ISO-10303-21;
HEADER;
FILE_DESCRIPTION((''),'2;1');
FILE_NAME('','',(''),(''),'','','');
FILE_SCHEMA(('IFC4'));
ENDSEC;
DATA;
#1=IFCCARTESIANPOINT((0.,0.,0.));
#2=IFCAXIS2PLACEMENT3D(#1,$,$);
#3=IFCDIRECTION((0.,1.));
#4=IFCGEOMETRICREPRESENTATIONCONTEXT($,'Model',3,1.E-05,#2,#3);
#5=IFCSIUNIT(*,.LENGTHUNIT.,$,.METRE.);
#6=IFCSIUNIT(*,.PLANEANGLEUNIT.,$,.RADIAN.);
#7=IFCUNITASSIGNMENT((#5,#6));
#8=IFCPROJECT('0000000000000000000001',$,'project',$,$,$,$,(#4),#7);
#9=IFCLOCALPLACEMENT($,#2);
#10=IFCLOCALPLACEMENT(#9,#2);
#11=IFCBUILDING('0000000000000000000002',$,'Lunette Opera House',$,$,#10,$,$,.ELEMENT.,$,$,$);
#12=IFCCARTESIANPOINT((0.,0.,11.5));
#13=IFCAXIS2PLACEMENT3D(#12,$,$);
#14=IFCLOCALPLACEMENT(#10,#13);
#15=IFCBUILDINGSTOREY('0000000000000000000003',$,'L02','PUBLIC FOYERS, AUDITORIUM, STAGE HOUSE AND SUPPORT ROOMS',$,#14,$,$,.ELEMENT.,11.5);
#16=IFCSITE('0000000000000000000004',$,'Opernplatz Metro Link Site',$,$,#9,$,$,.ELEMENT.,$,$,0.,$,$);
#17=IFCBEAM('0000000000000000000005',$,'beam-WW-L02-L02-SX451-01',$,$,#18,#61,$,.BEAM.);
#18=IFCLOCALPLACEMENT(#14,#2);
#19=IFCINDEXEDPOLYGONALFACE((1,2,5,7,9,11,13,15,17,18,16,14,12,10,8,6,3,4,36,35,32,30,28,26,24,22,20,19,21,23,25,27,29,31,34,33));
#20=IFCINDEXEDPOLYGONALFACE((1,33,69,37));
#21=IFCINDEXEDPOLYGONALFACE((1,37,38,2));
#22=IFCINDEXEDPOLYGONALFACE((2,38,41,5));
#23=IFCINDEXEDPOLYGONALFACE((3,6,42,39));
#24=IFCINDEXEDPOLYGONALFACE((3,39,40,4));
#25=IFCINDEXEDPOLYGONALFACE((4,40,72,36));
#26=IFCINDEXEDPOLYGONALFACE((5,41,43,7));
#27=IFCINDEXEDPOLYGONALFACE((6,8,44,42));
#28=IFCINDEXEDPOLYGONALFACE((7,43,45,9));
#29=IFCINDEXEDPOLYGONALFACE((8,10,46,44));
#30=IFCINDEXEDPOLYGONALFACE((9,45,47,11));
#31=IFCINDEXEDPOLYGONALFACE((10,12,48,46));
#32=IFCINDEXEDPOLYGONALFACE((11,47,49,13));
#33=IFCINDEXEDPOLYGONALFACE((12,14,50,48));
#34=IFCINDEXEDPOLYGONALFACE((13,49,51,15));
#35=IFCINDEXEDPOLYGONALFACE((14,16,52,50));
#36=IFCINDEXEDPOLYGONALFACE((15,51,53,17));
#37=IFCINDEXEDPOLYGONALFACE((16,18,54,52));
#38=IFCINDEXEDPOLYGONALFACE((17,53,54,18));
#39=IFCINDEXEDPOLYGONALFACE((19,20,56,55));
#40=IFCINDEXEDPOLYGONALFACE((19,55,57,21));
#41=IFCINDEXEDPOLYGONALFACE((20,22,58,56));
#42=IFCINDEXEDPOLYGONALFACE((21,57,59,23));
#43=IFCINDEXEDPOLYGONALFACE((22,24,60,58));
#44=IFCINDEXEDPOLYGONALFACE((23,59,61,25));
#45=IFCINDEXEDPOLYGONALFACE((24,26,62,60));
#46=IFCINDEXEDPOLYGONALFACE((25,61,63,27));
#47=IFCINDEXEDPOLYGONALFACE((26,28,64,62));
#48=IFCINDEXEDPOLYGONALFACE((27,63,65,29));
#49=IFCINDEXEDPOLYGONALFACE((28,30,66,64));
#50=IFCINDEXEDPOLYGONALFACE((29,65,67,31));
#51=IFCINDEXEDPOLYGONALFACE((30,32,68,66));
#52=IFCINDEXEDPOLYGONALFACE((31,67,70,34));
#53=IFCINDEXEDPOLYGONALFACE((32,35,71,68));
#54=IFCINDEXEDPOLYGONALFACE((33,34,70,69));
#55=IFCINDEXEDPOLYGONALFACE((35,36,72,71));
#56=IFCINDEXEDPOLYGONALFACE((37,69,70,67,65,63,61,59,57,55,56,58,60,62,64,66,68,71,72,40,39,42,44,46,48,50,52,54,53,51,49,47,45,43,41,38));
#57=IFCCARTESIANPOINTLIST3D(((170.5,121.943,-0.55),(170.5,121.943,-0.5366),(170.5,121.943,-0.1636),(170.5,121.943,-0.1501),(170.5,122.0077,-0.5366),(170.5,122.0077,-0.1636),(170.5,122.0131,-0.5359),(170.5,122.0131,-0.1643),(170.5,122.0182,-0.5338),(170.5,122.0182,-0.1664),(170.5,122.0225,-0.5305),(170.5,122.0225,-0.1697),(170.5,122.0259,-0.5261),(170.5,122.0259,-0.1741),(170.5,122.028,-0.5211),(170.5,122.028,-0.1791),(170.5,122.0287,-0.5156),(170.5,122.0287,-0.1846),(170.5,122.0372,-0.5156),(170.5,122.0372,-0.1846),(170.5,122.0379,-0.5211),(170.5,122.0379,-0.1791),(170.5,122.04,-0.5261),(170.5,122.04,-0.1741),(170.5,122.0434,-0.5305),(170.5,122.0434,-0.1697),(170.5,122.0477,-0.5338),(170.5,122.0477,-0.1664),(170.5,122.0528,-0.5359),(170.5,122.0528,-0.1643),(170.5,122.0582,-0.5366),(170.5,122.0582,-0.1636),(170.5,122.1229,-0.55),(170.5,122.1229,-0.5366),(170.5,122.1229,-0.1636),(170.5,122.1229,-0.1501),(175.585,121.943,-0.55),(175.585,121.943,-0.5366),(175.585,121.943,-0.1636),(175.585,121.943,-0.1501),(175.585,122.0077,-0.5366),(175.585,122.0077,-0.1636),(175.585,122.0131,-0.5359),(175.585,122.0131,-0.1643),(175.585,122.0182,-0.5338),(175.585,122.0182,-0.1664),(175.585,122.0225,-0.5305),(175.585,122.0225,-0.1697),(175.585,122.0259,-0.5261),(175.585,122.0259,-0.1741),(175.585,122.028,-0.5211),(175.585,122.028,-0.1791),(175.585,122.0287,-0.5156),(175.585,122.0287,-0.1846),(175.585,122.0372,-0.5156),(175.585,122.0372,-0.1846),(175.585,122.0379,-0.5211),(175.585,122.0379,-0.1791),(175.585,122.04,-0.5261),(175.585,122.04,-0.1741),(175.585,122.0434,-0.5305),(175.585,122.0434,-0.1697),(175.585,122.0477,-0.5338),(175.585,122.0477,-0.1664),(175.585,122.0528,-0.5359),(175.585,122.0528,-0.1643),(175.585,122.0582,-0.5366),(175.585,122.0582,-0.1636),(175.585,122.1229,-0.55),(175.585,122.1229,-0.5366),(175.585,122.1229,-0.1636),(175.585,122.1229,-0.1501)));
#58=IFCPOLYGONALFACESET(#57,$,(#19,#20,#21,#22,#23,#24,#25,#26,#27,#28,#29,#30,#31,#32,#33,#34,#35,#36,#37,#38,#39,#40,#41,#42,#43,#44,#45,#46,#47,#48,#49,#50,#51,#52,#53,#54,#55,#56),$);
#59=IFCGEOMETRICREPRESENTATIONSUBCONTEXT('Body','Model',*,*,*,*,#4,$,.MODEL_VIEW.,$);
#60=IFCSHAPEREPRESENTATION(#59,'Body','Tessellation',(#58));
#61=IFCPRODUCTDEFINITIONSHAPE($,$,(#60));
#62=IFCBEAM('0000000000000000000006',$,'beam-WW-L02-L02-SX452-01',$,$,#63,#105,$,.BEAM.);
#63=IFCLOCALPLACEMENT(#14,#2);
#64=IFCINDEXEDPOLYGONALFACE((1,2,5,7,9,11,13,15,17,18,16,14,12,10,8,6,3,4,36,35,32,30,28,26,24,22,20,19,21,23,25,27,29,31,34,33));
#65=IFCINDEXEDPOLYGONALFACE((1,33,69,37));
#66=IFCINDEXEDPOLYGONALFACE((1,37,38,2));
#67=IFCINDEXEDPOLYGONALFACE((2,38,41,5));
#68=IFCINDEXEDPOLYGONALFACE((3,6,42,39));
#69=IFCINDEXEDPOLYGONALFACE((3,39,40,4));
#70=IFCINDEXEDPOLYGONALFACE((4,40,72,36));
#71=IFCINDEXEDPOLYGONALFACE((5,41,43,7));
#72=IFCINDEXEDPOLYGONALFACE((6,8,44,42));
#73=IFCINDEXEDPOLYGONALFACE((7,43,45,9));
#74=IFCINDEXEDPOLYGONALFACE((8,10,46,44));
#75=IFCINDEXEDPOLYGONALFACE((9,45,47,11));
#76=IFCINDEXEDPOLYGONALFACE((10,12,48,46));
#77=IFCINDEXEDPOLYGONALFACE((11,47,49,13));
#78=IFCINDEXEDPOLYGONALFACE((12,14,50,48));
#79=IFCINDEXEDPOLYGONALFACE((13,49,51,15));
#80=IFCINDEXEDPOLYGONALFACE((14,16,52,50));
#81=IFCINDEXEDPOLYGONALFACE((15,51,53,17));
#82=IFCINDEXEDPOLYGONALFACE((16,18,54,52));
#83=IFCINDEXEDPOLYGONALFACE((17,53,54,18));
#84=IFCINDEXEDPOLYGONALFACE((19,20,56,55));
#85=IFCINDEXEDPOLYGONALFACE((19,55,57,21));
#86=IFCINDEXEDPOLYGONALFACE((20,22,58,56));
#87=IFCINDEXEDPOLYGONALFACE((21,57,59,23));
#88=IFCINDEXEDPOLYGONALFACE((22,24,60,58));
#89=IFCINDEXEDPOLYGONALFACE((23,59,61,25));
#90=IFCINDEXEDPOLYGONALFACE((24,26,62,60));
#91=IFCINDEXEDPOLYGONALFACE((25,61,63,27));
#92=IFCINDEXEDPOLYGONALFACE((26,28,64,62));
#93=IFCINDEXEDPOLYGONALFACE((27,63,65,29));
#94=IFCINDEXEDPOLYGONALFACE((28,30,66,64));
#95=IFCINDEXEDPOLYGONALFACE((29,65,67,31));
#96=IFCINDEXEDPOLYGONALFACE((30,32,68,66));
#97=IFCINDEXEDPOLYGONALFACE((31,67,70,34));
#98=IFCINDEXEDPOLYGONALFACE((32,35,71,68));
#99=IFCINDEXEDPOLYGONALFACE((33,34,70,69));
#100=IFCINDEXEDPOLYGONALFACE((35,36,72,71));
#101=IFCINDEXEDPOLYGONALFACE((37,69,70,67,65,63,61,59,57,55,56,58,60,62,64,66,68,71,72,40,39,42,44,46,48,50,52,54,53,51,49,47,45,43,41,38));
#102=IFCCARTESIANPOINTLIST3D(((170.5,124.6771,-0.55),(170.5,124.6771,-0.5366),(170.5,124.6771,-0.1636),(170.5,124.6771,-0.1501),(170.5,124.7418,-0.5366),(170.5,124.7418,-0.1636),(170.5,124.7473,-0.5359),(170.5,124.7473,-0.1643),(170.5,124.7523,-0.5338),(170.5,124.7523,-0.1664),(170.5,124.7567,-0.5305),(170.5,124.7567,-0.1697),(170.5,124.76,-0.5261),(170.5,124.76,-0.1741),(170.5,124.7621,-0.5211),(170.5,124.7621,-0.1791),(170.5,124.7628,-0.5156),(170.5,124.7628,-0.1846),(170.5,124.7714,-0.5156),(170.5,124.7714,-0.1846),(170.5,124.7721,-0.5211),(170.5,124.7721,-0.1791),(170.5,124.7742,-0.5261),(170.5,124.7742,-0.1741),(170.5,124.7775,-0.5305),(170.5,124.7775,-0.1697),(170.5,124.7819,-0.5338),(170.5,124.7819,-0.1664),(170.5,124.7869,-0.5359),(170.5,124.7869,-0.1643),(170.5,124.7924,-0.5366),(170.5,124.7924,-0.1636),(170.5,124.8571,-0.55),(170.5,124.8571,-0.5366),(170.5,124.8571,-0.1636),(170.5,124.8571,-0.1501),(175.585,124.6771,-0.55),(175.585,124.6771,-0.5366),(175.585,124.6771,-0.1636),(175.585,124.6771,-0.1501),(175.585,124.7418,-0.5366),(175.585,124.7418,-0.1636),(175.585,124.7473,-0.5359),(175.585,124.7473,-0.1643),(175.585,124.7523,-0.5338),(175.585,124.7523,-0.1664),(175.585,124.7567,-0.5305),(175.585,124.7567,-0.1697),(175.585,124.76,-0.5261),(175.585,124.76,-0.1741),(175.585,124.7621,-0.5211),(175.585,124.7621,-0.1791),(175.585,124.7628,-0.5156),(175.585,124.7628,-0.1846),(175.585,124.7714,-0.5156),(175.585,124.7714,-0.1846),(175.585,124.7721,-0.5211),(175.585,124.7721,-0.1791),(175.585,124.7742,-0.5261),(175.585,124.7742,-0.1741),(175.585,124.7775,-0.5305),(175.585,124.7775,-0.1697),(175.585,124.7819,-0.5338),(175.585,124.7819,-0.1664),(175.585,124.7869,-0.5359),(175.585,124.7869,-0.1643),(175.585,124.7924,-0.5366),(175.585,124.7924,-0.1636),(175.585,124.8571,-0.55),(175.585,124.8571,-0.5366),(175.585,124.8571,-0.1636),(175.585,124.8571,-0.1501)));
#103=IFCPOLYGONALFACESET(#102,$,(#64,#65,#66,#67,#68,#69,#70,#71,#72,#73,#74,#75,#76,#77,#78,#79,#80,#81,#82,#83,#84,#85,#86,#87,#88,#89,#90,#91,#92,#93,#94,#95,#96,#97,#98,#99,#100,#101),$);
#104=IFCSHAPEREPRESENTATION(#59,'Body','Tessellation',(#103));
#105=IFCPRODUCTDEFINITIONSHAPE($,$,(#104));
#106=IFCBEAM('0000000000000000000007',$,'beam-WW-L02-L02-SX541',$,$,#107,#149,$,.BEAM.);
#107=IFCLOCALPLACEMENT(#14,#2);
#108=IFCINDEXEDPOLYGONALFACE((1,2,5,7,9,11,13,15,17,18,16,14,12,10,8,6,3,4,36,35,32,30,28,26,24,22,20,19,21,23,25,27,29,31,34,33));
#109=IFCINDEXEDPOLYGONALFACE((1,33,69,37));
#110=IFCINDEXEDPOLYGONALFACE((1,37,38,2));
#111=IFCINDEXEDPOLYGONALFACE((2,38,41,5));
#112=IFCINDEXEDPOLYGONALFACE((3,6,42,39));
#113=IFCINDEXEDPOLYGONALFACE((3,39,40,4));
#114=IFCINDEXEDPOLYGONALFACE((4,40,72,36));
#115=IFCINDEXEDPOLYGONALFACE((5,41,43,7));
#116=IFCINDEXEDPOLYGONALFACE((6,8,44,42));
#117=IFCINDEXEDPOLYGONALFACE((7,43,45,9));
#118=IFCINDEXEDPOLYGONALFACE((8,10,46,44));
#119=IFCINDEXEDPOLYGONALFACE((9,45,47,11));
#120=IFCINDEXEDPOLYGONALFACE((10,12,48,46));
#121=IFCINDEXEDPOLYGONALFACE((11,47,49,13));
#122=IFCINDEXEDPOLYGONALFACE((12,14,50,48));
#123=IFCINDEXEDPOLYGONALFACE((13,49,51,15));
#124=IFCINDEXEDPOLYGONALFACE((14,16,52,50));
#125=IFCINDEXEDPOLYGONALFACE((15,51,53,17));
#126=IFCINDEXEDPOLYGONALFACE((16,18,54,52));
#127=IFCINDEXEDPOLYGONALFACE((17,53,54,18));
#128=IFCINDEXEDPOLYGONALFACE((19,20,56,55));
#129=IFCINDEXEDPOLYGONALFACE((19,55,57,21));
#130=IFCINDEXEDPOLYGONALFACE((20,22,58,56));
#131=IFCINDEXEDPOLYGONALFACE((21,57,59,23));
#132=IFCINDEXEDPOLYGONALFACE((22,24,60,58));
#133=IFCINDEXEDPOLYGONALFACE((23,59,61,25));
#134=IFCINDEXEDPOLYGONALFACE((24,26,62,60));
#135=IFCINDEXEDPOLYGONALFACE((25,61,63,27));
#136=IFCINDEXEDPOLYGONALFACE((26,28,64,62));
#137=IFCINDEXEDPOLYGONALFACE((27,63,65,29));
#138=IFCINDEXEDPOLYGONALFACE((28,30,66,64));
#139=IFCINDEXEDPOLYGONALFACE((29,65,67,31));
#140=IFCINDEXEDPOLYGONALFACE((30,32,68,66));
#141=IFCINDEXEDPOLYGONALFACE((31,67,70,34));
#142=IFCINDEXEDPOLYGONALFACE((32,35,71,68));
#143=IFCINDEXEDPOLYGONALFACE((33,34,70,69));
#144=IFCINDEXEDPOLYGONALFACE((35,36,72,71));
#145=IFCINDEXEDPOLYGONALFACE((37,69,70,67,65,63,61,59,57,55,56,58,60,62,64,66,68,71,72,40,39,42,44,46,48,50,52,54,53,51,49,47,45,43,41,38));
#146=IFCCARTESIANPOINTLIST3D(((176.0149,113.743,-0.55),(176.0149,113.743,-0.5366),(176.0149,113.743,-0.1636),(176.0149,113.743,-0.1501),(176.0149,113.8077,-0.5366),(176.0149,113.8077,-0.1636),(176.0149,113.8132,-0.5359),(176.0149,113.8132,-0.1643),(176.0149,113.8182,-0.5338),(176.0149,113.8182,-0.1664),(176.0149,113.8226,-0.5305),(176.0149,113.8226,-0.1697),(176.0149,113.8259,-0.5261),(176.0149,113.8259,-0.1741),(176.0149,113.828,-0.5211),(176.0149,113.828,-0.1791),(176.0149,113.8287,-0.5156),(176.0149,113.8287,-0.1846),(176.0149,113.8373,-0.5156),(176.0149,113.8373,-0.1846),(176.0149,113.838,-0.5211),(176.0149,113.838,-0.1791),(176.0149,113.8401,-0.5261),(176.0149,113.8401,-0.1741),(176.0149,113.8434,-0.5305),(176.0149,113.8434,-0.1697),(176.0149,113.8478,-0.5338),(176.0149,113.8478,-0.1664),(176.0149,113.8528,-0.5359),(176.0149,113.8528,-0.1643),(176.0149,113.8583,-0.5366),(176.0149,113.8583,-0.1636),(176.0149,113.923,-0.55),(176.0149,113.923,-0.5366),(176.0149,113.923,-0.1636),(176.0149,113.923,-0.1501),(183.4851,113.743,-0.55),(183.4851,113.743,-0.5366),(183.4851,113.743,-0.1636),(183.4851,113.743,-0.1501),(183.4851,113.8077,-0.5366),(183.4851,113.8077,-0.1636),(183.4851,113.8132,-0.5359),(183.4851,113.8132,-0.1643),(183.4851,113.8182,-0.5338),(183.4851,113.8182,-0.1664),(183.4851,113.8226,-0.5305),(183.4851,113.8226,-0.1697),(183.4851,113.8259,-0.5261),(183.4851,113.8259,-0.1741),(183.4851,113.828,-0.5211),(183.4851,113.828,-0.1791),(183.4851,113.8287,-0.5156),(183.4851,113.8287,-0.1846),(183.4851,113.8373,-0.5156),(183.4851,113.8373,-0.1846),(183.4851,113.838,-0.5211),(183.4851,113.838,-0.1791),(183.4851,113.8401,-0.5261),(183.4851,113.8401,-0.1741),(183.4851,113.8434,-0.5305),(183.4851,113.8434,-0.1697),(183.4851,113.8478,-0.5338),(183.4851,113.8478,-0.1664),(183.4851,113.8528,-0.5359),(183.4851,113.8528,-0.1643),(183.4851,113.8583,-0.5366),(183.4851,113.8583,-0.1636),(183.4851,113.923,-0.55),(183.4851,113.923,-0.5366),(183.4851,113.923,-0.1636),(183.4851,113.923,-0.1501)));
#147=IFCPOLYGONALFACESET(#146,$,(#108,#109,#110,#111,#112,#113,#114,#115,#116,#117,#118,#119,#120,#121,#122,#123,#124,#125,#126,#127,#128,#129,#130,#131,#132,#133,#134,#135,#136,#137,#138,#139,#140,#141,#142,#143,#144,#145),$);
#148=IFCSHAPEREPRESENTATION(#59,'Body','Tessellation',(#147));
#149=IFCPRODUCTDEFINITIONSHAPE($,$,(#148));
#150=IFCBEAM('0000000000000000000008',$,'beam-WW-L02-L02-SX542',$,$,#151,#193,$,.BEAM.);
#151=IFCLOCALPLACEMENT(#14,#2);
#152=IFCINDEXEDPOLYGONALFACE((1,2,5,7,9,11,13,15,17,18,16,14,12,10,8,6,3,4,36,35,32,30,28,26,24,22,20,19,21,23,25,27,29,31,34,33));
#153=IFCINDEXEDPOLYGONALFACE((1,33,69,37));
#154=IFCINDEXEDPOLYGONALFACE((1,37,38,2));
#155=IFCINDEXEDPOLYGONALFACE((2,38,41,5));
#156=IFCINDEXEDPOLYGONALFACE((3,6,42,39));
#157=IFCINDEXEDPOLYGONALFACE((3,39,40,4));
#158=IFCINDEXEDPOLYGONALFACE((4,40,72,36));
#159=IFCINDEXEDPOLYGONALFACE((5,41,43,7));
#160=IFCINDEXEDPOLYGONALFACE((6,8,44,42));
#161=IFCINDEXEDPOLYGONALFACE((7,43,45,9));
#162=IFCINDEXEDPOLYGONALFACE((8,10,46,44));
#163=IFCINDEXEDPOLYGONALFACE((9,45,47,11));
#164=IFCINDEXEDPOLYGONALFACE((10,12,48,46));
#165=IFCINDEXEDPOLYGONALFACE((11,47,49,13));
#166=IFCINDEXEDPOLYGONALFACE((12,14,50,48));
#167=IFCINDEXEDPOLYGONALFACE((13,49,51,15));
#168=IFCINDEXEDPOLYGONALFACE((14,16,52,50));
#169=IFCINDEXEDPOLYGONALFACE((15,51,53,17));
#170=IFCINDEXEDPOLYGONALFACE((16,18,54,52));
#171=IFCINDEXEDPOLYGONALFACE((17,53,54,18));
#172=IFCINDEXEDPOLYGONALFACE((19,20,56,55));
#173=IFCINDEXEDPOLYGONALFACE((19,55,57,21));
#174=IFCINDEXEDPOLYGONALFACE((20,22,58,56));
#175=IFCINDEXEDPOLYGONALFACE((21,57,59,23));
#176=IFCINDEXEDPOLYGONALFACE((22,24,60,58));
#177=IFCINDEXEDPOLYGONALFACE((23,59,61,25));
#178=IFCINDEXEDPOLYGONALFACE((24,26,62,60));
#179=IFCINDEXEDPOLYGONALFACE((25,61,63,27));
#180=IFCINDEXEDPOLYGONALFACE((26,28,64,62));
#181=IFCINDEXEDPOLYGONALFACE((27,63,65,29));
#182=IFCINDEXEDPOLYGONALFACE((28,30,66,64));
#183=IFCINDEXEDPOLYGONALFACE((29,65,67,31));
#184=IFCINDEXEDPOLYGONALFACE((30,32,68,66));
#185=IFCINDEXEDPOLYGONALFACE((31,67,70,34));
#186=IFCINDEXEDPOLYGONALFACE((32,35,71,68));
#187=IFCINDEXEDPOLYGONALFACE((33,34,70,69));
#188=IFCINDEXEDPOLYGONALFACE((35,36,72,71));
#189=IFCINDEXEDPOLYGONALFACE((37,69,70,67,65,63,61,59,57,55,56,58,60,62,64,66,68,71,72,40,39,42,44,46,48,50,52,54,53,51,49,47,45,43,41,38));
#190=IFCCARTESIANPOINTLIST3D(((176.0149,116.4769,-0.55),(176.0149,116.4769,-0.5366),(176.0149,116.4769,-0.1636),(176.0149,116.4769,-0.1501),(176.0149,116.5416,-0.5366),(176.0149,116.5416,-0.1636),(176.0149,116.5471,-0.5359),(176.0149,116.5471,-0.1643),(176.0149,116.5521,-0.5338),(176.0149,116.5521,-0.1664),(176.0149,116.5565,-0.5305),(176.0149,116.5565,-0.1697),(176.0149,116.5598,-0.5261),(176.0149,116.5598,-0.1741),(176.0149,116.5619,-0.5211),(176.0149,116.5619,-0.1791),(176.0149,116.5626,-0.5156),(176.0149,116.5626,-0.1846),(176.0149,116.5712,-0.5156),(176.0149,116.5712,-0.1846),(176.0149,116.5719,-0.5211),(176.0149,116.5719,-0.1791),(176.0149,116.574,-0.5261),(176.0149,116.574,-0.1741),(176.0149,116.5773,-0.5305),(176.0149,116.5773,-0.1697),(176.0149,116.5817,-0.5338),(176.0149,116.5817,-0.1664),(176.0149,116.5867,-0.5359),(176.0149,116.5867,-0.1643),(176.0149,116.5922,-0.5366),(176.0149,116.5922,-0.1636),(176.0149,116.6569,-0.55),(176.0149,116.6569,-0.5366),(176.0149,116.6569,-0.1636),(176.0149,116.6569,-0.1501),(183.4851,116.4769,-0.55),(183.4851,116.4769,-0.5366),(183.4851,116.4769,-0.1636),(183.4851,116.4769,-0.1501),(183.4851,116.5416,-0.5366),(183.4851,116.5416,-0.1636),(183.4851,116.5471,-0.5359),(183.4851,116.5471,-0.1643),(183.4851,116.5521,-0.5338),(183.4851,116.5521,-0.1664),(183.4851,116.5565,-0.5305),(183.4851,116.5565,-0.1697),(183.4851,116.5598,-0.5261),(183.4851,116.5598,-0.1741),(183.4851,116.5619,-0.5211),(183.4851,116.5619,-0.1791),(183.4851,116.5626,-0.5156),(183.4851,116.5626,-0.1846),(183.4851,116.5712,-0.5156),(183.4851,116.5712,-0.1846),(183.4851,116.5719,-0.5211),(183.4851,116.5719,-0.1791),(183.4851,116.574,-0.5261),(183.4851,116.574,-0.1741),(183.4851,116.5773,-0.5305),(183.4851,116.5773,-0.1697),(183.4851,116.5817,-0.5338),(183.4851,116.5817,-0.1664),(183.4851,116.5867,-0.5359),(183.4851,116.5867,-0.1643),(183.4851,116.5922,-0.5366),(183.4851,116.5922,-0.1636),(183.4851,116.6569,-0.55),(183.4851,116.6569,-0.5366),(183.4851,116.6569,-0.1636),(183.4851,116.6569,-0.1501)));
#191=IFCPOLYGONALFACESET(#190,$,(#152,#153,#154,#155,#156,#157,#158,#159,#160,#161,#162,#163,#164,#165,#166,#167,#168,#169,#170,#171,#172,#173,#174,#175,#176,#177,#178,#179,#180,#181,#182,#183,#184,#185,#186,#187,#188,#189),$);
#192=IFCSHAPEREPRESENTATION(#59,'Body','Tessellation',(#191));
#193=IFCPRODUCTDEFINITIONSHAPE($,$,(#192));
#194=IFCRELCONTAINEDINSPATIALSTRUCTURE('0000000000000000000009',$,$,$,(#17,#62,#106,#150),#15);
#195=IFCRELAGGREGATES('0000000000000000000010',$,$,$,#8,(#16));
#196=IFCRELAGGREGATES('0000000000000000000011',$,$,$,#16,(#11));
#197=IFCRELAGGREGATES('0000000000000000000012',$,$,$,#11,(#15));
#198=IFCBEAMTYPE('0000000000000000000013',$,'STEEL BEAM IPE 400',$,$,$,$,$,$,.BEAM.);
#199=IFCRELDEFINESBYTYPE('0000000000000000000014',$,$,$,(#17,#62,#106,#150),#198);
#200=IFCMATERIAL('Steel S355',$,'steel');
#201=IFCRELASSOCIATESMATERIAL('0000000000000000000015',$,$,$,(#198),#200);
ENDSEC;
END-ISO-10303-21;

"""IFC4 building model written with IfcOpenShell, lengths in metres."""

from ifc_helpers import new_model, si_unit, direction, frame, origin, origin_2d, place, context, subcontext, project, spatial, i_section, extrude, material, material_profile, profile_set, type_object, element, save


model = new_model("IFC4")

# Units and contexts
model_context = context("Model", 3, precision=1e-05, world=origin(), true_north=direction((0.0, 1.0)))
body_context = subcontext(model_context, "Body", "Model", "MODEL_VIEW")
ifc_project = project(units=[si_unit("LENGTHUNIT", "METRE"), si_unit("PLANEANGLEUNIT", "RADIAN")], contexts=[model_context])

# Site, building, storey
site_placement = place(None, origin())
site = spatial("IfcSite", under=ifc_project, at=site_placement, Name="Opernplatz Metro Link Site", CompositionType="ELEMENT", RefElevation=0.0)
building_placement = place(site_placement, origin())
building = spatial("IfcBuilding", under=site, at=building_placement, Name="Lunette Opera House", CompositionType="ELEMENT")
storey_placement = place(building_placement, frame((0.0, 0.0, 11.5)))
storey = spatial("IfcBuildingStorey", under=building, at=storey_placement, Name="L02", Description="PUBLIC FOYERS, AUDITORIUM, STAGE HOUSE AND SUPPORT ROOMS", CompositionType="ELEMENT", Elevation=11.5)

# Beams
ifc_material_1 = material(Name="Steel S355", Category="steel")
ifc_material_profile_1 = material_profile(ifc_material_1, i_section(OverallWidth=0.1799, OverallDepth=0.3999, WebThickness=0.0085, FlangeThickness=0.0134, FilletRadius=0.021, at=origin_2d()), Name="IPE 400")
ifc_profile_set_1 = profile_set([ifc_material_profile_1], Name="Steel S355")
beam_type_1 = type_object("IfcBeamType", Name="STEEL BEAM IPE 400", PredefinedType="BEAM", material=ifc_profile_set_1)
for number, where, z_axis, x_axis, name in (
    (1, (170.5, 122.033, -0.3501), (1.0, 0.0, 0.0), (0.0, 1.0, 0.0), "beam-WW-L02-L02-SX451-01"),
    (2, (170.5, 124.7671, -0.3501), (1.0, 0.0, 0.0), (0.0, 1.0, 0.0), "beam-WW-L02-L02-SX452-01"),
):
    element("IfcBeam", number, at=place(storey_placement, frame(where, z_axis=z_axis, x_axis=x_axis)), inside=storey, type_object=beam_type_1, Name=name, PredefinedType="BEAM", context=body_context, shape_type="SweptSolid", body=[
        extrude(i_section(OverallWidth=0.1799, OverallDepth=0.3999, WebThickness=0.0085, FlangeThickness=0.0134, FilletRadius=0.021, at=origin_2d()), origin(), (0.0, 0.0, 1.0), 5.085),
    ])
for number, where, z_axis, x_axis, name in (
    (3, (176.0149, 113.833, -0.3501), (1.0, 0.0, 0.0), (0.0, 1.0, 0.0), "beam-WW-L02-L02-SX541"),
    (4, (176.0149, 116.5669, -0.3501), (1.0, 0.0, 0.0), (0.0, 1.0, 0.0), "beam-WW-L02-L02-SX542"),
):
    element("IfcBeam", number, at=place(storey_placement, frame(where, z_axis=z_axis, x_axis=x_axis)), inside=storey, type_object=beam_type_1, Name=name, PredefinedType="BEAM", context=body_context, shape_type="SweptSolid", body=[
        extrude(i_section(OverallWidth=0.1799, OverallDepth=0.3999, WebThickness=0.0085, FlangeThickness=0.0134, FilletRadius=0.021, at=origin_2d()), origin(), (0.0, 0.0, 1.0), 7.4702),
    ])

save(model, "model.ifc")
